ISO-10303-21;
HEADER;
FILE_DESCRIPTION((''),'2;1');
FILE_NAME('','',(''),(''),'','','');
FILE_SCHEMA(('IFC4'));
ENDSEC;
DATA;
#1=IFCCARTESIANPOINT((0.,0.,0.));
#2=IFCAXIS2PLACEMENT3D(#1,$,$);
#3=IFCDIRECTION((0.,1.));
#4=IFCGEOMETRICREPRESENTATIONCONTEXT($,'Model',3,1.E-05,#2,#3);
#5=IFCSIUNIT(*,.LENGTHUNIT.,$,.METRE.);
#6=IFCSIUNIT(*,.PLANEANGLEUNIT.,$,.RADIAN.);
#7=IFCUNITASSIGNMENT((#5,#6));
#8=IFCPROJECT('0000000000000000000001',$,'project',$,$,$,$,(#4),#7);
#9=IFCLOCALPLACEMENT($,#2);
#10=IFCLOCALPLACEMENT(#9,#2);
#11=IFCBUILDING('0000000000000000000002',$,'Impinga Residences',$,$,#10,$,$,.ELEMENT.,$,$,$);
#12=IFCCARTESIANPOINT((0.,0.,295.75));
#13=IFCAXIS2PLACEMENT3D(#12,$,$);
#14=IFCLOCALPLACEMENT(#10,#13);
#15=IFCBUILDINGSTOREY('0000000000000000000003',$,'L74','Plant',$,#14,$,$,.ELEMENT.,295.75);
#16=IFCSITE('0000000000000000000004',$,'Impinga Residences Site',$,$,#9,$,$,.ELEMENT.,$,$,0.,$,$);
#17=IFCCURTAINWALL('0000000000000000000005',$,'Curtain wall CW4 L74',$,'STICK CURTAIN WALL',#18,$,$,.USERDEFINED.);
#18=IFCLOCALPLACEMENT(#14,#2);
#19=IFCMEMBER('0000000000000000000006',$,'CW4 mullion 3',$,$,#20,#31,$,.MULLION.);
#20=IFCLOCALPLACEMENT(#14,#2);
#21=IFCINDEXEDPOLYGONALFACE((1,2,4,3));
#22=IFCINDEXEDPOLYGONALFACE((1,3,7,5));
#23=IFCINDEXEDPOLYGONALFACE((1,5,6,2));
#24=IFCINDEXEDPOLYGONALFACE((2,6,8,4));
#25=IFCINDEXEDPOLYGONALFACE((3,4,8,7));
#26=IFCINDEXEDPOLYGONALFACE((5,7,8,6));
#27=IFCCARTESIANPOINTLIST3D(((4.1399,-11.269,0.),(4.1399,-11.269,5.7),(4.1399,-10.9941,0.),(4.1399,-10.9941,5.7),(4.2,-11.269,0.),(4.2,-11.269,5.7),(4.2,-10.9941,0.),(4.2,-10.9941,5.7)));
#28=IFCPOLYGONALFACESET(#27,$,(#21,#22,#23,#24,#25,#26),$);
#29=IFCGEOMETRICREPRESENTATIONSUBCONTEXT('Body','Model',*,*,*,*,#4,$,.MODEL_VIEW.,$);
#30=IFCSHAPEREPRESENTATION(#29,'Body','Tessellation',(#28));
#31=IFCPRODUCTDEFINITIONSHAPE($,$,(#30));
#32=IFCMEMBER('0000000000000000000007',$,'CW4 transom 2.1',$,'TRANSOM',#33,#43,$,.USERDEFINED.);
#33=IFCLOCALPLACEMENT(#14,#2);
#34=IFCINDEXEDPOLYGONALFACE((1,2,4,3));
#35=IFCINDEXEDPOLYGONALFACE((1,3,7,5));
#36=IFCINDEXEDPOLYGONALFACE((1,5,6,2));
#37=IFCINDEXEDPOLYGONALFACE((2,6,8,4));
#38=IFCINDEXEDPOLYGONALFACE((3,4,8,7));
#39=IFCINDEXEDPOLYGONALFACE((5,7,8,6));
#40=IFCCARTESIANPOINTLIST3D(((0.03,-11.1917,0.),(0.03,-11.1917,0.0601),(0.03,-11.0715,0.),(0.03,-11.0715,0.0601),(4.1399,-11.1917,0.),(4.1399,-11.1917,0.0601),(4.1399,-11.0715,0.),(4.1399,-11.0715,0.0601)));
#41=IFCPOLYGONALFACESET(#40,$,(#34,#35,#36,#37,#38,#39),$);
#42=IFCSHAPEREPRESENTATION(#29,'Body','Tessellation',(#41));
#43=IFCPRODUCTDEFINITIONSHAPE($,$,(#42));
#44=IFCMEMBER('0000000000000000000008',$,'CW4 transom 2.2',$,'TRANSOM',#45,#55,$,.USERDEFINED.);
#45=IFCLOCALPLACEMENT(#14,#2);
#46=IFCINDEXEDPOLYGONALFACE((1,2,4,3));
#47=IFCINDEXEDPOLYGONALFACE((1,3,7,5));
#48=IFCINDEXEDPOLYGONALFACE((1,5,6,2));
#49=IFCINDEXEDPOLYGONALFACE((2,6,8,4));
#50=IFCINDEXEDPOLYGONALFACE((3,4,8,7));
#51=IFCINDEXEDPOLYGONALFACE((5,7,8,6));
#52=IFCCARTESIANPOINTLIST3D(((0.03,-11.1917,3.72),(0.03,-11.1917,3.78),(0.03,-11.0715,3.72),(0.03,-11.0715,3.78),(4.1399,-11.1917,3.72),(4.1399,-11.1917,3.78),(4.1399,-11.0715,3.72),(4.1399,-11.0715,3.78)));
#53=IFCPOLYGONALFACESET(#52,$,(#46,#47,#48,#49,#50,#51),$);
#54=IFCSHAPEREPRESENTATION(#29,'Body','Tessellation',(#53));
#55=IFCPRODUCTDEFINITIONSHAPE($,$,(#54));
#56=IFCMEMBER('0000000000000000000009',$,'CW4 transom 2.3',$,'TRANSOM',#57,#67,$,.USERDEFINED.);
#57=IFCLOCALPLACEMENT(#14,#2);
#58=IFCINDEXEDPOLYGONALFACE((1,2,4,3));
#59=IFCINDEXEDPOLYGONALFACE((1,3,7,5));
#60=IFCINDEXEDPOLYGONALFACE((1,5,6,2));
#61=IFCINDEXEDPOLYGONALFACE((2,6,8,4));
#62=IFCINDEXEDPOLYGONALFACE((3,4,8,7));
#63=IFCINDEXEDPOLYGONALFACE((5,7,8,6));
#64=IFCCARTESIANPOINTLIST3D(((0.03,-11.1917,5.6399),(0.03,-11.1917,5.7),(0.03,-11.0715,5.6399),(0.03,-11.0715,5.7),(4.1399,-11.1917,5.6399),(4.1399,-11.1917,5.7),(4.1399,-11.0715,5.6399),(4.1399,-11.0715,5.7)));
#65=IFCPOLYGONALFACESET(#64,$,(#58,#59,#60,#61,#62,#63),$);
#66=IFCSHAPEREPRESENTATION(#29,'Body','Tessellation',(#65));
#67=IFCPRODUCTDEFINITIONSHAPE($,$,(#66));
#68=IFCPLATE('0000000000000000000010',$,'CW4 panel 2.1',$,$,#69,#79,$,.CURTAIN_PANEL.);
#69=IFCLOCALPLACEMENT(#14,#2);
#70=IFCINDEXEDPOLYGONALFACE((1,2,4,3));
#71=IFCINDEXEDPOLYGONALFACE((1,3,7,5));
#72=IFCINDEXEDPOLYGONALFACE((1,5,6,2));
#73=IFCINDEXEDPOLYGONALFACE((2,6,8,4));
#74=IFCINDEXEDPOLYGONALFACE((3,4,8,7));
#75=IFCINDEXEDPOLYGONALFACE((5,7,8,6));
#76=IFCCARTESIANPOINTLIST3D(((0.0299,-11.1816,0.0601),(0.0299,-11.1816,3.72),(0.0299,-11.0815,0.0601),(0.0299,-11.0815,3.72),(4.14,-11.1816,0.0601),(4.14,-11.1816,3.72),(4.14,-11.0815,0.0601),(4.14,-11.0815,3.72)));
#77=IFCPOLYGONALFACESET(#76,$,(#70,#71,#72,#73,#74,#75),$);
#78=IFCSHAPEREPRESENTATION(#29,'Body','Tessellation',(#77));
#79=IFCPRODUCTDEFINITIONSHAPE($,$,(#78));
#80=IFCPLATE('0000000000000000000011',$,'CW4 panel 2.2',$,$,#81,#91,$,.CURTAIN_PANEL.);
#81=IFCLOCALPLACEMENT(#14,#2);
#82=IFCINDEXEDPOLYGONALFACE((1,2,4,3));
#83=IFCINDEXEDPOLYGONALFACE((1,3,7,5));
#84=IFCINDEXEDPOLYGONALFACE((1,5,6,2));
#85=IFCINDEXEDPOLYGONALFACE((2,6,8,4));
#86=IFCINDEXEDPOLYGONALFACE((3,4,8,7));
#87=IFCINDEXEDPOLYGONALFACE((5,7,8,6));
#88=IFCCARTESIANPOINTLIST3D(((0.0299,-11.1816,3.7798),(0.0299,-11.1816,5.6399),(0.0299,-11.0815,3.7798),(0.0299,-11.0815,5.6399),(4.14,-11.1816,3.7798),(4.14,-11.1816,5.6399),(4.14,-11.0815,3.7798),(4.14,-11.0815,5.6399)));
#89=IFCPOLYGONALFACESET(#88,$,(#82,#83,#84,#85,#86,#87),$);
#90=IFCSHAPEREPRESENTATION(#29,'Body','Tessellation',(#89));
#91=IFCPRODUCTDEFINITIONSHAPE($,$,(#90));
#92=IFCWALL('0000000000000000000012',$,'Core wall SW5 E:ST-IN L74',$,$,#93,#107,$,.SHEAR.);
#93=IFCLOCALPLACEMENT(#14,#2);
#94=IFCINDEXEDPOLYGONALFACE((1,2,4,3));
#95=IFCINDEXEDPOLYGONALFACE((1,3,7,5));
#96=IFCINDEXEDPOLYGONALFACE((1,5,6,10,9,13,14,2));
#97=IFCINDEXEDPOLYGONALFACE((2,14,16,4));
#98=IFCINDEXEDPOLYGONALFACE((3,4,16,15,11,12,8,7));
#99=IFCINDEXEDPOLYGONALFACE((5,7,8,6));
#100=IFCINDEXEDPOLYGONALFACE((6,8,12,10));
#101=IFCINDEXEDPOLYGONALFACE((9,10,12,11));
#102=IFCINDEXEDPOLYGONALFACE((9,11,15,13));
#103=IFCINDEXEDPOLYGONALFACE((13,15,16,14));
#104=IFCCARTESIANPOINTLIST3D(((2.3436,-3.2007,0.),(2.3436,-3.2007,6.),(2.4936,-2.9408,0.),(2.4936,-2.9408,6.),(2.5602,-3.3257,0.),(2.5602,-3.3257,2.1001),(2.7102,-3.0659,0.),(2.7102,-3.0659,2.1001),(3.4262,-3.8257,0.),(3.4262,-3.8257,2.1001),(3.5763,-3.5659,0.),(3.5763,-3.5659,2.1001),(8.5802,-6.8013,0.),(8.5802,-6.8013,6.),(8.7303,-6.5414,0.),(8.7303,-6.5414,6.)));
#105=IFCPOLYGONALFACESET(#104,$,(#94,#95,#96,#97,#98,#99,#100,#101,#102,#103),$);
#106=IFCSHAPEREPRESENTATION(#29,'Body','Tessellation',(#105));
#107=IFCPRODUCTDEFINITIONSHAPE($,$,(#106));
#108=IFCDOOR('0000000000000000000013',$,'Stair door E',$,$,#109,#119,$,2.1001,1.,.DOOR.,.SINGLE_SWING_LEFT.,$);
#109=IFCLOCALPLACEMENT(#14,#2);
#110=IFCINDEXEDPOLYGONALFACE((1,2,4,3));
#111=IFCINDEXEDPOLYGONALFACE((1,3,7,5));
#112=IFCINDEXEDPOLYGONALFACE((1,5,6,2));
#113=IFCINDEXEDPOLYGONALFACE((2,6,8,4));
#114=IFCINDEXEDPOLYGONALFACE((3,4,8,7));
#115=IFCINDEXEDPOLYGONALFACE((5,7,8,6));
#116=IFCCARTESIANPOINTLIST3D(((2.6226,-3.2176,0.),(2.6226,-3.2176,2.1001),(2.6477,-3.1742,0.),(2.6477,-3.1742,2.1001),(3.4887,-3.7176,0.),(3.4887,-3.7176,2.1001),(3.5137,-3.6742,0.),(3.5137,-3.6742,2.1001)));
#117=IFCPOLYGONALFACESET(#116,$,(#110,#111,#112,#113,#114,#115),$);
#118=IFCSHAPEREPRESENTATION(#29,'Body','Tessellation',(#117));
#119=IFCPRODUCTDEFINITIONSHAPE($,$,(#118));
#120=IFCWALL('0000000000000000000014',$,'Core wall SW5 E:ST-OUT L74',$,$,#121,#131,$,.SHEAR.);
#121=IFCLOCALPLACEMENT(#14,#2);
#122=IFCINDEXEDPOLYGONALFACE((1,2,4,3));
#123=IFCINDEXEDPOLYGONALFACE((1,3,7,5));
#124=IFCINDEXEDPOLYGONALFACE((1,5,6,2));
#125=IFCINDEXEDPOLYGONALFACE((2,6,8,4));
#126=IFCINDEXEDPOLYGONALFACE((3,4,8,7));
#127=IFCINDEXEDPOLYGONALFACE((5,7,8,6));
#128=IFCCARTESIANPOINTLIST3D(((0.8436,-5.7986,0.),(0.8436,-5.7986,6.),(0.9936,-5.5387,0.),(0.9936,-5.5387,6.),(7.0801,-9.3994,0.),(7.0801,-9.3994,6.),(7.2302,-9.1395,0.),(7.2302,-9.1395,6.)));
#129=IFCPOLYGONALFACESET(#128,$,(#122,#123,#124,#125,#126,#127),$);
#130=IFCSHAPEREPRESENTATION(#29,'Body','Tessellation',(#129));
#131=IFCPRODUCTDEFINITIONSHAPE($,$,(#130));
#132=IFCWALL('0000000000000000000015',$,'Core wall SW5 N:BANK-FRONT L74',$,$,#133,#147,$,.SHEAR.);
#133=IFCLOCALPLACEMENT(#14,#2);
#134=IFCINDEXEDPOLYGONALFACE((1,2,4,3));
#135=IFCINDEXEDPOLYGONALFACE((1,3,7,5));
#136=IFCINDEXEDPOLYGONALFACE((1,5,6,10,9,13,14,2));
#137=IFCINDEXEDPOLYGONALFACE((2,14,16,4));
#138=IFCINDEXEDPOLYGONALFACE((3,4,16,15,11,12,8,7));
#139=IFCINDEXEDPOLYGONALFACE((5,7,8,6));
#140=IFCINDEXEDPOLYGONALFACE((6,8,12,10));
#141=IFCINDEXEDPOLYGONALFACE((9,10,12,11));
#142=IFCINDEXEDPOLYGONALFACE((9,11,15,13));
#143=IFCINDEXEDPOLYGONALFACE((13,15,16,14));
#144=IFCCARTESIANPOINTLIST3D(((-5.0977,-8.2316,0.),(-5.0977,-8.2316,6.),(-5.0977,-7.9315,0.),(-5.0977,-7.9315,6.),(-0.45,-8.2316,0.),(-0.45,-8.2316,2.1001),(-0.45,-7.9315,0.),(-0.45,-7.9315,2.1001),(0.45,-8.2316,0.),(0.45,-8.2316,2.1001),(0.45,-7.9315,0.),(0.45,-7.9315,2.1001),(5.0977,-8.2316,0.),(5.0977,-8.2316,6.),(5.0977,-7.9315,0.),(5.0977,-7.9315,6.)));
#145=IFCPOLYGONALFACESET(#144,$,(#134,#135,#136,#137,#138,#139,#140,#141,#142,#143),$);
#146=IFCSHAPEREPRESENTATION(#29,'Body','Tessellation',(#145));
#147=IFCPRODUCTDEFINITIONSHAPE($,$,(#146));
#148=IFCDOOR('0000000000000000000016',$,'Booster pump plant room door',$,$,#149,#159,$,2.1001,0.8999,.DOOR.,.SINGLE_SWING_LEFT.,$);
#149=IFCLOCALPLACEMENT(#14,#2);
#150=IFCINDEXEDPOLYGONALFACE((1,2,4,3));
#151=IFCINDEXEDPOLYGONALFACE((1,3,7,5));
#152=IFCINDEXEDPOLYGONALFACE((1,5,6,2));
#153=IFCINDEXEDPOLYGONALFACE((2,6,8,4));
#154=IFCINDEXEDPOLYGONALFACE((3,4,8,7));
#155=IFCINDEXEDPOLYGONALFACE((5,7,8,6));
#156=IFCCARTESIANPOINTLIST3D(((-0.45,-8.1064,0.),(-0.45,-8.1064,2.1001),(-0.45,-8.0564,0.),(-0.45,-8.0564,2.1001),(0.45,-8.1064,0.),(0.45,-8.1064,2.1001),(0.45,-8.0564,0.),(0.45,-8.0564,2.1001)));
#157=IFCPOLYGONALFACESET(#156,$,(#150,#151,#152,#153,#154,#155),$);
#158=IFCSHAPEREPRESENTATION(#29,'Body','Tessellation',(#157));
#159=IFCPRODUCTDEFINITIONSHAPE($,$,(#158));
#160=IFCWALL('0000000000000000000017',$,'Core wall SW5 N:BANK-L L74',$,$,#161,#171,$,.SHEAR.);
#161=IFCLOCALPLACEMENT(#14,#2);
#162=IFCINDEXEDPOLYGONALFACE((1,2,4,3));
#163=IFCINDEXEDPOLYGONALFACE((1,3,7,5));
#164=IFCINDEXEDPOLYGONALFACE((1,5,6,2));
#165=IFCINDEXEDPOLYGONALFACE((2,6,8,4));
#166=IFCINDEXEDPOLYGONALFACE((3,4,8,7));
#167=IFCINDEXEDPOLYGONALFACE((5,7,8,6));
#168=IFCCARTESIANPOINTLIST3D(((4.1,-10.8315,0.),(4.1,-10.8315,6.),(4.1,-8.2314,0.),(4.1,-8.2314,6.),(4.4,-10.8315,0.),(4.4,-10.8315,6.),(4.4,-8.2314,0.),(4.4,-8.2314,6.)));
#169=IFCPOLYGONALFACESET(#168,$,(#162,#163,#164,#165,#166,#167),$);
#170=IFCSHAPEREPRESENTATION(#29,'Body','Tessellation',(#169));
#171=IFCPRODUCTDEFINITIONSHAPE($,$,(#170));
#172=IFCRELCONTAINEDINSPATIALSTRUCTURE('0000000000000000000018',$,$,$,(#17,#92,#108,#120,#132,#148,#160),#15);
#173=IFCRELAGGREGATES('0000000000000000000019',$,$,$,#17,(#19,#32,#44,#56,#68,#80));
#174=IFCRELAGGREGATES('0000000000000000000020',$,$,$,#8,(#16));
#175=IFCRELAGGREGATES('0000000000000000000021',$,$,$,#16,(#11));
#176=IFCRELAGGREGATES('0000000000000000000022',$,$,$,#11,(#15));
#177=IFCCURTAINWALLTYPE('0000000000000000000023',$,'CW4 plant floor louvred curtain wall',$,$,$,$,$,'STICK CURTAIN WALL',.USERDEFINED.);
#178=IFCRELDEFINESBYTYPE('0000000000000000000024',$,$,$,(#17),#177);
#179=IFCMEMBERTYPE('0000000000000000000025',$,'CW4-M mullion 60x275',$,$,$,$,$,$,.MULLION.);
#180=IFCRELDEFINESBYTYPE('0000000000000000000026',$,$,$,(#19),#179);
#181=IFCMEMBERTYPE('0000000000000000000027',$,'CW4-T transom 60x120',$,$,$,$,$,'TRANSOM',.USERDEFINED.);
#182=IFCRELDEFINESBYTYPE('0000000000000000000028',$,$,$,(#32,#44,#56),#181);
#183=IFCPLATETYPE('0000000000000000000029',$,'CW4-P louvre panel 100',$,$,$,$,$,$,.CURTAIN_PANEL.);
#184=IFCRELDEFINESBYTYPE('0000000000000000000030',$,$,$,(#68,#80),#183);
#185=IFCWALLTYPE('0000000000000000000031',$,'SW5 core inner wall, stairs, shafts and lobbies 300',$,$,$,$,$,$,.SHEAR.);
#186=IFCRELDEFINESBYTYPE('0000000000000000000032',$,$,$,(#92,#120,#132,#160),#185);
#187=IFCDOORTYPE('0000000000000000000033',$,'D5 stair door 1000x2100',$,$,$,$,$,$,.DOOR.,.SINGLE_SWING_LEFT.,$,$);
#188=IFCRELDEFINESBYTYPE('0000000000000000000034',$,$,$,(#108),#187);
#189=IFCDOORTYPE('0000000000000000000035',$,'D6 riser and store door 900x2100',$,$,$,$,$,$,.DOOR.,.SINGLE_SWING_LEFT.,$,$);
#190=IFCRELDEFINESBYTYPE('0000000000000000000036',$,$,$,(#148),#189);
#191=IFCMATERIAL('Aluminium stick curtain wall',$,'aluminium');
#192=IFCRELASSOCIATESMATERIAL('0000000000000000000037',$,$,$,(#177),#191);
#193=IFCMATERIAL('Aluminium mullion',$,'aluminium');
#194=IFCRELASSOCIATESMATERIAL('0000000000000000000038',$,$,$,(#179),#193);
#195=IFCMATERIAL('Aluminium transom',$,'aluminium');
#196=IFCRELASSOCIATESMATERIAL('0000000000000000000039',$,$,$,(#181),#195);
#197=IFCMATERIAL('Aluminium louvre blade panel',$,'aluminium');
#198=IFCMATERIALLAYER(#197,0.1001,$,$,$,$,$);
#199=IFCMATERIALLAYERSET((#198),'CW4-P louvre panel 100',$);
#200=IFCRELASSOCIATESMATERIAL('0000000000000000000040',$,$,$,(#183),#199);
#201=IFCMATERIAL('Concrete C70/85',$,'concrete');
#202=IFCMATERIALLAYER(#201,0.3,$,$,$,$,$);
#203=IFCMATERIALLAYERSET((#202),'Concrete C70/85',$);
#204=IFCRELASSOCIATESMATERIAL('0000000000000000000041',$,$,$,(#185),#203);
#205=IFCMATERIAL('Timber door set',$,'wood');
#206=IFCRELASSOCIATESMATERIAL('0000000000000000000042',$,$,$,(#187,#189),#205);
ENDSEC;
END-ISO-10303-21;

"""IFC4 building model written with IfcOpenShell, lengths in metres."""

from ifc_helpers import new_model, si_unit, direction, frame, frame_2d, origin, origin_2d, place, context, subcontext, project, spatial, rectangle, extrude, material, layer, layer_set, material_profile, profile_set, type_object, element, fill, aggregate, save


model = new_model("IFC4")

# Units and contexts
model_context = context("Model", 3, precision=1e-05, world=origin(), true_north=direction((0.0, 1.0)))
body_context = subcontext(model_context, "Body", "Model", "MODEL_VIEW")
ifc_project = project(units=[si_unit("LENGTHUNIT", "METRE"), si_unit("PLANEANGLEUNIT", "RADIAN")], contexts=[model_context])

# Site, building, storey
site_placement = place(None, origin())
site = spatial("IfcSite", under=ifc_project, at=site_placement, Name="Impinga Residences Site", CompositionType="ELEMENT", RefElevation=0.0)
building_placement = place(site_placement, origin())
building = spatial("IfcBuilding", under=site, at=building_placement, Name="Impinga Residences", CompositionType="ELEMENT")
storey_placement = place(building_placement, frame((0.0, 0.0, 295.75)))
storey = spatial("IfcBuildingStorey", under=building, at=storey_placement, Name="L74", Description="Plant", CompositionType="ELEMENT", Elevation=295.75)

# Curtain wall, members, plates
ifc_material_1 = material(Name="Aluminium stick curtain wall", Category="aluminium")
curtain_wall_type = type_object("IfcCurtainWallType", Name="CW4 plant floor louvred curtain wall", ElementType="STICK CURTAIN WALL", PredefinedType="USERDEFINED", material=ifc_material_1)
curtain_wall_placement = place(storey_placement, origin())
curtain_wall = element("IfcCurtainWall", 1, at=curtain_wall_placement, inside=storey, type_object=curtain_wall_type, Name="Curtain wall CW4 L74", ObjectType="STICK CURTAIN WALL", PredefinedType="USERDEFINED")
ifc_material_2 = material(Name="Aluminium mullion", Category="aluminium")
ifc_material_profile_1 = material_profile(ifc_material_2, rectangle(XDim=0.0601, YDim=0.2749, at=origin_2d()), Name="60x275 mullion")
ifc_profile_set_1 = profile_set([ifc_material_profile_1], Name="Aluminium mullion")
member_type_1 = type_object("IfcMemberType", Name="CW4-M mullion 60x275", PredefinedType="MULLION", material=ifc_profile_set_1)
member_1_placement = place(storey_placement, frame((4.1699, -11.1316, 0.0), z_axis=(0.0, 0.0, 1.0), x_axis=(1.0, 0.0, 0.0)))
member_1 = element("IfcMember", 2, at=member_1_placement, type_object=member_type_1, Name="CW4 mullion 3", PredefinedType="MULLION", context=body_context, shape_type="SweptSolid", body=[
    extrude(rectangle(XDim=0.0601, YDim=0.2749, at=origin_2d()), origin(), (0.0, 0.0, 1.0), 5.7),
])
ifc_material_3 = material(Name="Aluminium transom", Category="aluminium")
ifc_material_profile_2 = material_profile(ifc_material_3, rectangle(XDim=0.0601, YDim=0.1201, at=origin_2d()), Name="60x120 transom")
ifc_profile_set_2 = profile_set([ifc_material_profile_2], Name="Aluminium transom")
member_type_2 = type_object("IfcMemberType", Name="CW4-T transom 60x120", ElementType="TRANSOM", PredefinedType="USERDEFINED", material=ifc_profile_set_2)
member_2_placement = place(storey_placement, frame((0.03, -11.1316, 0.03), z_axis=(1.0, 0.0, 0.0), x_axis=(0.0, 0.0, 1.0)))
member_2 = element("IfcMember", 3, at=member_2_placement, type_object=member_type_2, Name="CW4 transom 2.1", ObjectType="TRANSOM", PredefinedType="USERDEFINED", context=body_context, shape_type="SweptSolid", body=[
    extrude(rectangle(XDim=0.0601, YDim=0.1201, at=origin_2d()), origin(), (0.0, 0.0, 1.0), 4.1099),
])
member_3_placement = place(storey_placement, frame((0.03, -11.1316, 3.75), z_axis=(1.0, 0.0, 0.0), x_axis=(0.0, 0.0, 1.0)))
member_3 = element("IfcMember", 4, at=member_3_placement, type_object=member_type_2, Name="CW4 transom 2.2", ObjectType="TRANSOM", PredefinedType="USERDEFINED", context=body_context, shape_type="SweptSolid", body=[
    extrude(rectangle(XDim=0.0601, YDim=0.1201, at=origin_2d()), origin(), (0.0, 0.0, 1.0), 4.1099),
])
member_4_placement = place(storey_placement, frame((0.03, -11.1316, 5.6699), z_axis=(1.0, 0.0, 0.0), x_axis=(0.0, 0.0, 1.0)))
member_4 = element("IfcMember", 5, at=member_4_placement, type_object=member_type_2, Name="CW4 transom 2.3", ObjectType="TRANSOM", PredefinedType="USERDEFINED", context=body_context, shape_type="SweptSolid", body=[
    extrude(rectangle(XDim=0.0601, YDim=0.1201, at=origin_2d()), origin(), (0.0, 0.0, 1.0), 4.1099),
])
ifc_material_4 = material(Name="Aluminium louvre blade panel", Category="aluminium")
ifc_layer_1 = layer(ifc_material_4, 0.1001)
ifc_layer_set_1 = layer_set([ifc_layer_1], Name="CW4-P louvre panel 100")
plate_type = type_object("IfcPlateType", Name="CW4-P louvre panel 100", PredefinedType="CURTAIN_PANEL", material=ifc_layer_set_1)
plate_1_placement = place(storey_placement, frame((2.085, -11.1316, 0.0601), z_axis=(0.0, 0.0, 1.0), x_axis=(1.0, 0.0, 0.0)))
plate_1 = element("IfcPlate", 6, at=plate_1_placement, type_object=plate_type, Name="CW4 panel 2.1", PredefinedType="CURTAIN_PANEL", context=body_context, shape_type="SweptSolid", body=[
    extrude(rectangle(XDim=4.1101, YDim=0.1001, at=origin_2d()), origin(), (0.0, 0.0, 1.0), 3.6599),
])
plate_2_placement = place(storey_placement, frame((2.085, -11.1316, 3.7798), z_axis=(0.0, 0.0, 1.0), x_axis=(1.0, 0.0, 0.0)))
plate_2 = element("IfcPlate", 7, at=plate_2_placement, type_object=plate_type, Name="CW4 panel 2.2", PredefinedType="CURTAIN_PANEL", context=body_context, shape_type="SweptSolid", body=[
    extrude(rectangle(XDim=4.1101, YDim=0.1001, at=origin_2d()), origin(), (0.0, 0.0, 1.0), 1.8601),
])
aggregate(curtain_wall, [member_1, member_2, member_3, member_4, plate_1, plate_2])

# Wall, opening, door
ifc_material_5 = material(Name="Concrete C70/85", Category="concrete")
ifc_layer_2 = layer(ifc_material_5, 0.3)
ifc_layer_set_2 = layer_set([ifc_layer_2], Name="Concrete C70/85")
wall_type = type_object("IfcWallType", Name="SW5 core inner wall, stairs, shafts and lobbies 300", PredefinedType="SHEAR", material=ifc_layer_set_2)
wall_1_placement = place(storey_placement, frame((2.4187, -3.0708, 0.0), z_axis=(0.0, 0.0, 1.0), x_axis=(0.866031, -0.49999, 0.0)))
wall_1 = element("IfcWall", 8, at=wall_1_placement, inside=storey, type_object=wall_type, Name="Core wall SW5 E:ST-IN L74", PredefinedType="SHEAR", context=body_context, shape_type="SweptSolid", body=[
    extrude(rectangle(XDim=7.2014, YDim=0.3, at=frame_2d((3.6006, 0.0))), origin(), (0.0, 0.0, 1.0), 6.0),
])
opening_1_placement = place(wall_1_placement, frame((0.25, 0.0, 0.0)))
opening_1 = element("IfcOpeningElement", 9, at=opening_1_placement, cuts=wall_1, PredefinedType="OPENING", context=body_context, shape_type="SweptSolid", body=[
    extrude(rectangle(XDim=1.0, YDim=2.1001, at=frame_2d((0.5, 1.05))), frame((0.0, 0.1599, 0.0), z_axis=(0.0, -1.0, 0.0), x_axis=(1.0, 0.0, 0.0)), (0.0, 0.0, 1.0), 0.3201),
])
ifc_material_6 = material(Name="Timber door set", Category="wood")
door_type_1 = type_object("IfcDoorType", Name="D5 stair door 1000x2100", OperationType="SINGLE_SWING_LEFT", PredefinedType="DOOR", material=ifc_material_6)
door_1_placement = place(opening_1_placement, origin())
door_1 = element("IfcDoor", 10, at=door_1_placement, inside=storey, type_object=door_type_1, Name="Stair door E", OperationType="SINGLE_SWING_LEFT", OverallHeight=2.1001, OverallWidth=1.0, PredefinedType="DOOR", context=body_context, shape_type="SweptSolid", body=[
    extrude(rectangle(XDim=1.0, YDim=2.1001, at=frame_2d((0.5, 1.05))), frame((0.0, 0.0249, 0.0), z_axis=(0.0, -1.0, 0.0), x_axis=(1.0, 0.0, 0.0)), (0.0, 0.0, 1.0), 0.05),
])
fill(opening_1, door_1)

# Wall
wall_2_placement = place(storey_placement, frame((0.9187, -5.6687, 0.0), z_axis=(0.0, 0.0, 1.0), x_axis=(0.866017, -0.500015, 0.0)))
element("IfcWall", 11, at=wall_2_placement, inside=storey, type_object=wall_type, Name="Core wall SW5 E:ST-OUT L74", PredefinedType="SHEAR", context=body_context, shape_type="SweptSolid", body=[
    extrude(rectangle(XDim=7.2014, YDim=0.3, at=frame_2d((3.6006, 0.0))), origin(), (0.0, 0.0, 1.0), 6.0),
])

# Wall, opening, door
wall_3_placement = place(storey_placement, frame((5.0977, -8.0815, 0.0), z_axis=(0.0, 0.0, 1.0), x_axis=(-1.0, 0.0, 0.0)))
wall_3 = element("IfcWall", 12, at=wall_3_placement, inside=storey, type_object=wall_type, Name="Core wall SW5 N:BANK-FRONT L74", PredefinedType="SHEAR", context=body_context, shape_type="SweptSolid", body=[
    extrude(rectangle(XDim=10.1953, YDim=0.3, at=frame_2d((5.0977, 0.0))), origin(), (0.0, 0.0, 1.0), 6.0),
])
opening_2_placement = place(wall_3_placement, frame((4.6477, 0.0, 0.0)))
opening_2 = element("IfcOpeningElement", 13, at=opening_2_placement, cuts=wall_3, PredefinedType="OPENING", context=body_context, shape_type="SweptSolid", body=[
    extrude(rectangle(XDim=0.8999, YDim=2.1001, at=frame_2d((0.45, 1.05))), frame((0.0, 0.1599, 0.0), z_axis=(0.0, -1.0, 0.0), x_axis=(1.0, 0.0, 0.0)), (0.0, 0.0, 1.0), 0.3201),
])
door_type_2 = type_object("IfcDoorType", Name="D6 riser and store door 900x2100", OperationType="SINGLE_SWING_LEFT", PredefinedType="DOOR", material=ifc_material_6)
door_2_placement = place(opening_2_placement, origin())
door_2 = element("IfcDoor", 14, at=door_2_placement, inside=storey, type_object=door_type_2, Name="Booster pump plant room door", OperationType="SINGLE_SWING_LEFT", OverallHeight=2.1001, OverallWidth=0.8999, PredefinedType="DOOR", context=body_context, shape_type="SweptSolid", body=[
    extrude(rectangle(XDim=0.8999, YDim=2.1001, at=frame_2d((0.45, 1.05))), frame((0.0, 0.0249, 0.0), z_axis=(0.0, -1.0, 0.0), x_axis=(1.0, 0.0, 0.0)), (0.0, 0.0, 1.0), 0.05),
])
fill(opening_2, door_2)

# Wall
wall_4_placement = place(storey_placement, frame((4.25, -8.2314, 0.0), z_axis=(0.0, 0.0, 1.0), x_axis=(0.0, -1.0, 0.0)))
element("IfcWall", 15, at=wall_4_placement, inside=storey, type_object=wall_type, Name="Core wall SW5 N:BANK-L L74", PredefinedType="SHEAR", context=body_context, shape_type="SweptSolid", body=[
    extrude(rectangle(XDim=2.6001, YDim=0.3, at=frame_2d((1.3, 0.0))), origin(), (0.0, 0.0, 1.0), 6.0),
])

save(model, "model.ifc")
